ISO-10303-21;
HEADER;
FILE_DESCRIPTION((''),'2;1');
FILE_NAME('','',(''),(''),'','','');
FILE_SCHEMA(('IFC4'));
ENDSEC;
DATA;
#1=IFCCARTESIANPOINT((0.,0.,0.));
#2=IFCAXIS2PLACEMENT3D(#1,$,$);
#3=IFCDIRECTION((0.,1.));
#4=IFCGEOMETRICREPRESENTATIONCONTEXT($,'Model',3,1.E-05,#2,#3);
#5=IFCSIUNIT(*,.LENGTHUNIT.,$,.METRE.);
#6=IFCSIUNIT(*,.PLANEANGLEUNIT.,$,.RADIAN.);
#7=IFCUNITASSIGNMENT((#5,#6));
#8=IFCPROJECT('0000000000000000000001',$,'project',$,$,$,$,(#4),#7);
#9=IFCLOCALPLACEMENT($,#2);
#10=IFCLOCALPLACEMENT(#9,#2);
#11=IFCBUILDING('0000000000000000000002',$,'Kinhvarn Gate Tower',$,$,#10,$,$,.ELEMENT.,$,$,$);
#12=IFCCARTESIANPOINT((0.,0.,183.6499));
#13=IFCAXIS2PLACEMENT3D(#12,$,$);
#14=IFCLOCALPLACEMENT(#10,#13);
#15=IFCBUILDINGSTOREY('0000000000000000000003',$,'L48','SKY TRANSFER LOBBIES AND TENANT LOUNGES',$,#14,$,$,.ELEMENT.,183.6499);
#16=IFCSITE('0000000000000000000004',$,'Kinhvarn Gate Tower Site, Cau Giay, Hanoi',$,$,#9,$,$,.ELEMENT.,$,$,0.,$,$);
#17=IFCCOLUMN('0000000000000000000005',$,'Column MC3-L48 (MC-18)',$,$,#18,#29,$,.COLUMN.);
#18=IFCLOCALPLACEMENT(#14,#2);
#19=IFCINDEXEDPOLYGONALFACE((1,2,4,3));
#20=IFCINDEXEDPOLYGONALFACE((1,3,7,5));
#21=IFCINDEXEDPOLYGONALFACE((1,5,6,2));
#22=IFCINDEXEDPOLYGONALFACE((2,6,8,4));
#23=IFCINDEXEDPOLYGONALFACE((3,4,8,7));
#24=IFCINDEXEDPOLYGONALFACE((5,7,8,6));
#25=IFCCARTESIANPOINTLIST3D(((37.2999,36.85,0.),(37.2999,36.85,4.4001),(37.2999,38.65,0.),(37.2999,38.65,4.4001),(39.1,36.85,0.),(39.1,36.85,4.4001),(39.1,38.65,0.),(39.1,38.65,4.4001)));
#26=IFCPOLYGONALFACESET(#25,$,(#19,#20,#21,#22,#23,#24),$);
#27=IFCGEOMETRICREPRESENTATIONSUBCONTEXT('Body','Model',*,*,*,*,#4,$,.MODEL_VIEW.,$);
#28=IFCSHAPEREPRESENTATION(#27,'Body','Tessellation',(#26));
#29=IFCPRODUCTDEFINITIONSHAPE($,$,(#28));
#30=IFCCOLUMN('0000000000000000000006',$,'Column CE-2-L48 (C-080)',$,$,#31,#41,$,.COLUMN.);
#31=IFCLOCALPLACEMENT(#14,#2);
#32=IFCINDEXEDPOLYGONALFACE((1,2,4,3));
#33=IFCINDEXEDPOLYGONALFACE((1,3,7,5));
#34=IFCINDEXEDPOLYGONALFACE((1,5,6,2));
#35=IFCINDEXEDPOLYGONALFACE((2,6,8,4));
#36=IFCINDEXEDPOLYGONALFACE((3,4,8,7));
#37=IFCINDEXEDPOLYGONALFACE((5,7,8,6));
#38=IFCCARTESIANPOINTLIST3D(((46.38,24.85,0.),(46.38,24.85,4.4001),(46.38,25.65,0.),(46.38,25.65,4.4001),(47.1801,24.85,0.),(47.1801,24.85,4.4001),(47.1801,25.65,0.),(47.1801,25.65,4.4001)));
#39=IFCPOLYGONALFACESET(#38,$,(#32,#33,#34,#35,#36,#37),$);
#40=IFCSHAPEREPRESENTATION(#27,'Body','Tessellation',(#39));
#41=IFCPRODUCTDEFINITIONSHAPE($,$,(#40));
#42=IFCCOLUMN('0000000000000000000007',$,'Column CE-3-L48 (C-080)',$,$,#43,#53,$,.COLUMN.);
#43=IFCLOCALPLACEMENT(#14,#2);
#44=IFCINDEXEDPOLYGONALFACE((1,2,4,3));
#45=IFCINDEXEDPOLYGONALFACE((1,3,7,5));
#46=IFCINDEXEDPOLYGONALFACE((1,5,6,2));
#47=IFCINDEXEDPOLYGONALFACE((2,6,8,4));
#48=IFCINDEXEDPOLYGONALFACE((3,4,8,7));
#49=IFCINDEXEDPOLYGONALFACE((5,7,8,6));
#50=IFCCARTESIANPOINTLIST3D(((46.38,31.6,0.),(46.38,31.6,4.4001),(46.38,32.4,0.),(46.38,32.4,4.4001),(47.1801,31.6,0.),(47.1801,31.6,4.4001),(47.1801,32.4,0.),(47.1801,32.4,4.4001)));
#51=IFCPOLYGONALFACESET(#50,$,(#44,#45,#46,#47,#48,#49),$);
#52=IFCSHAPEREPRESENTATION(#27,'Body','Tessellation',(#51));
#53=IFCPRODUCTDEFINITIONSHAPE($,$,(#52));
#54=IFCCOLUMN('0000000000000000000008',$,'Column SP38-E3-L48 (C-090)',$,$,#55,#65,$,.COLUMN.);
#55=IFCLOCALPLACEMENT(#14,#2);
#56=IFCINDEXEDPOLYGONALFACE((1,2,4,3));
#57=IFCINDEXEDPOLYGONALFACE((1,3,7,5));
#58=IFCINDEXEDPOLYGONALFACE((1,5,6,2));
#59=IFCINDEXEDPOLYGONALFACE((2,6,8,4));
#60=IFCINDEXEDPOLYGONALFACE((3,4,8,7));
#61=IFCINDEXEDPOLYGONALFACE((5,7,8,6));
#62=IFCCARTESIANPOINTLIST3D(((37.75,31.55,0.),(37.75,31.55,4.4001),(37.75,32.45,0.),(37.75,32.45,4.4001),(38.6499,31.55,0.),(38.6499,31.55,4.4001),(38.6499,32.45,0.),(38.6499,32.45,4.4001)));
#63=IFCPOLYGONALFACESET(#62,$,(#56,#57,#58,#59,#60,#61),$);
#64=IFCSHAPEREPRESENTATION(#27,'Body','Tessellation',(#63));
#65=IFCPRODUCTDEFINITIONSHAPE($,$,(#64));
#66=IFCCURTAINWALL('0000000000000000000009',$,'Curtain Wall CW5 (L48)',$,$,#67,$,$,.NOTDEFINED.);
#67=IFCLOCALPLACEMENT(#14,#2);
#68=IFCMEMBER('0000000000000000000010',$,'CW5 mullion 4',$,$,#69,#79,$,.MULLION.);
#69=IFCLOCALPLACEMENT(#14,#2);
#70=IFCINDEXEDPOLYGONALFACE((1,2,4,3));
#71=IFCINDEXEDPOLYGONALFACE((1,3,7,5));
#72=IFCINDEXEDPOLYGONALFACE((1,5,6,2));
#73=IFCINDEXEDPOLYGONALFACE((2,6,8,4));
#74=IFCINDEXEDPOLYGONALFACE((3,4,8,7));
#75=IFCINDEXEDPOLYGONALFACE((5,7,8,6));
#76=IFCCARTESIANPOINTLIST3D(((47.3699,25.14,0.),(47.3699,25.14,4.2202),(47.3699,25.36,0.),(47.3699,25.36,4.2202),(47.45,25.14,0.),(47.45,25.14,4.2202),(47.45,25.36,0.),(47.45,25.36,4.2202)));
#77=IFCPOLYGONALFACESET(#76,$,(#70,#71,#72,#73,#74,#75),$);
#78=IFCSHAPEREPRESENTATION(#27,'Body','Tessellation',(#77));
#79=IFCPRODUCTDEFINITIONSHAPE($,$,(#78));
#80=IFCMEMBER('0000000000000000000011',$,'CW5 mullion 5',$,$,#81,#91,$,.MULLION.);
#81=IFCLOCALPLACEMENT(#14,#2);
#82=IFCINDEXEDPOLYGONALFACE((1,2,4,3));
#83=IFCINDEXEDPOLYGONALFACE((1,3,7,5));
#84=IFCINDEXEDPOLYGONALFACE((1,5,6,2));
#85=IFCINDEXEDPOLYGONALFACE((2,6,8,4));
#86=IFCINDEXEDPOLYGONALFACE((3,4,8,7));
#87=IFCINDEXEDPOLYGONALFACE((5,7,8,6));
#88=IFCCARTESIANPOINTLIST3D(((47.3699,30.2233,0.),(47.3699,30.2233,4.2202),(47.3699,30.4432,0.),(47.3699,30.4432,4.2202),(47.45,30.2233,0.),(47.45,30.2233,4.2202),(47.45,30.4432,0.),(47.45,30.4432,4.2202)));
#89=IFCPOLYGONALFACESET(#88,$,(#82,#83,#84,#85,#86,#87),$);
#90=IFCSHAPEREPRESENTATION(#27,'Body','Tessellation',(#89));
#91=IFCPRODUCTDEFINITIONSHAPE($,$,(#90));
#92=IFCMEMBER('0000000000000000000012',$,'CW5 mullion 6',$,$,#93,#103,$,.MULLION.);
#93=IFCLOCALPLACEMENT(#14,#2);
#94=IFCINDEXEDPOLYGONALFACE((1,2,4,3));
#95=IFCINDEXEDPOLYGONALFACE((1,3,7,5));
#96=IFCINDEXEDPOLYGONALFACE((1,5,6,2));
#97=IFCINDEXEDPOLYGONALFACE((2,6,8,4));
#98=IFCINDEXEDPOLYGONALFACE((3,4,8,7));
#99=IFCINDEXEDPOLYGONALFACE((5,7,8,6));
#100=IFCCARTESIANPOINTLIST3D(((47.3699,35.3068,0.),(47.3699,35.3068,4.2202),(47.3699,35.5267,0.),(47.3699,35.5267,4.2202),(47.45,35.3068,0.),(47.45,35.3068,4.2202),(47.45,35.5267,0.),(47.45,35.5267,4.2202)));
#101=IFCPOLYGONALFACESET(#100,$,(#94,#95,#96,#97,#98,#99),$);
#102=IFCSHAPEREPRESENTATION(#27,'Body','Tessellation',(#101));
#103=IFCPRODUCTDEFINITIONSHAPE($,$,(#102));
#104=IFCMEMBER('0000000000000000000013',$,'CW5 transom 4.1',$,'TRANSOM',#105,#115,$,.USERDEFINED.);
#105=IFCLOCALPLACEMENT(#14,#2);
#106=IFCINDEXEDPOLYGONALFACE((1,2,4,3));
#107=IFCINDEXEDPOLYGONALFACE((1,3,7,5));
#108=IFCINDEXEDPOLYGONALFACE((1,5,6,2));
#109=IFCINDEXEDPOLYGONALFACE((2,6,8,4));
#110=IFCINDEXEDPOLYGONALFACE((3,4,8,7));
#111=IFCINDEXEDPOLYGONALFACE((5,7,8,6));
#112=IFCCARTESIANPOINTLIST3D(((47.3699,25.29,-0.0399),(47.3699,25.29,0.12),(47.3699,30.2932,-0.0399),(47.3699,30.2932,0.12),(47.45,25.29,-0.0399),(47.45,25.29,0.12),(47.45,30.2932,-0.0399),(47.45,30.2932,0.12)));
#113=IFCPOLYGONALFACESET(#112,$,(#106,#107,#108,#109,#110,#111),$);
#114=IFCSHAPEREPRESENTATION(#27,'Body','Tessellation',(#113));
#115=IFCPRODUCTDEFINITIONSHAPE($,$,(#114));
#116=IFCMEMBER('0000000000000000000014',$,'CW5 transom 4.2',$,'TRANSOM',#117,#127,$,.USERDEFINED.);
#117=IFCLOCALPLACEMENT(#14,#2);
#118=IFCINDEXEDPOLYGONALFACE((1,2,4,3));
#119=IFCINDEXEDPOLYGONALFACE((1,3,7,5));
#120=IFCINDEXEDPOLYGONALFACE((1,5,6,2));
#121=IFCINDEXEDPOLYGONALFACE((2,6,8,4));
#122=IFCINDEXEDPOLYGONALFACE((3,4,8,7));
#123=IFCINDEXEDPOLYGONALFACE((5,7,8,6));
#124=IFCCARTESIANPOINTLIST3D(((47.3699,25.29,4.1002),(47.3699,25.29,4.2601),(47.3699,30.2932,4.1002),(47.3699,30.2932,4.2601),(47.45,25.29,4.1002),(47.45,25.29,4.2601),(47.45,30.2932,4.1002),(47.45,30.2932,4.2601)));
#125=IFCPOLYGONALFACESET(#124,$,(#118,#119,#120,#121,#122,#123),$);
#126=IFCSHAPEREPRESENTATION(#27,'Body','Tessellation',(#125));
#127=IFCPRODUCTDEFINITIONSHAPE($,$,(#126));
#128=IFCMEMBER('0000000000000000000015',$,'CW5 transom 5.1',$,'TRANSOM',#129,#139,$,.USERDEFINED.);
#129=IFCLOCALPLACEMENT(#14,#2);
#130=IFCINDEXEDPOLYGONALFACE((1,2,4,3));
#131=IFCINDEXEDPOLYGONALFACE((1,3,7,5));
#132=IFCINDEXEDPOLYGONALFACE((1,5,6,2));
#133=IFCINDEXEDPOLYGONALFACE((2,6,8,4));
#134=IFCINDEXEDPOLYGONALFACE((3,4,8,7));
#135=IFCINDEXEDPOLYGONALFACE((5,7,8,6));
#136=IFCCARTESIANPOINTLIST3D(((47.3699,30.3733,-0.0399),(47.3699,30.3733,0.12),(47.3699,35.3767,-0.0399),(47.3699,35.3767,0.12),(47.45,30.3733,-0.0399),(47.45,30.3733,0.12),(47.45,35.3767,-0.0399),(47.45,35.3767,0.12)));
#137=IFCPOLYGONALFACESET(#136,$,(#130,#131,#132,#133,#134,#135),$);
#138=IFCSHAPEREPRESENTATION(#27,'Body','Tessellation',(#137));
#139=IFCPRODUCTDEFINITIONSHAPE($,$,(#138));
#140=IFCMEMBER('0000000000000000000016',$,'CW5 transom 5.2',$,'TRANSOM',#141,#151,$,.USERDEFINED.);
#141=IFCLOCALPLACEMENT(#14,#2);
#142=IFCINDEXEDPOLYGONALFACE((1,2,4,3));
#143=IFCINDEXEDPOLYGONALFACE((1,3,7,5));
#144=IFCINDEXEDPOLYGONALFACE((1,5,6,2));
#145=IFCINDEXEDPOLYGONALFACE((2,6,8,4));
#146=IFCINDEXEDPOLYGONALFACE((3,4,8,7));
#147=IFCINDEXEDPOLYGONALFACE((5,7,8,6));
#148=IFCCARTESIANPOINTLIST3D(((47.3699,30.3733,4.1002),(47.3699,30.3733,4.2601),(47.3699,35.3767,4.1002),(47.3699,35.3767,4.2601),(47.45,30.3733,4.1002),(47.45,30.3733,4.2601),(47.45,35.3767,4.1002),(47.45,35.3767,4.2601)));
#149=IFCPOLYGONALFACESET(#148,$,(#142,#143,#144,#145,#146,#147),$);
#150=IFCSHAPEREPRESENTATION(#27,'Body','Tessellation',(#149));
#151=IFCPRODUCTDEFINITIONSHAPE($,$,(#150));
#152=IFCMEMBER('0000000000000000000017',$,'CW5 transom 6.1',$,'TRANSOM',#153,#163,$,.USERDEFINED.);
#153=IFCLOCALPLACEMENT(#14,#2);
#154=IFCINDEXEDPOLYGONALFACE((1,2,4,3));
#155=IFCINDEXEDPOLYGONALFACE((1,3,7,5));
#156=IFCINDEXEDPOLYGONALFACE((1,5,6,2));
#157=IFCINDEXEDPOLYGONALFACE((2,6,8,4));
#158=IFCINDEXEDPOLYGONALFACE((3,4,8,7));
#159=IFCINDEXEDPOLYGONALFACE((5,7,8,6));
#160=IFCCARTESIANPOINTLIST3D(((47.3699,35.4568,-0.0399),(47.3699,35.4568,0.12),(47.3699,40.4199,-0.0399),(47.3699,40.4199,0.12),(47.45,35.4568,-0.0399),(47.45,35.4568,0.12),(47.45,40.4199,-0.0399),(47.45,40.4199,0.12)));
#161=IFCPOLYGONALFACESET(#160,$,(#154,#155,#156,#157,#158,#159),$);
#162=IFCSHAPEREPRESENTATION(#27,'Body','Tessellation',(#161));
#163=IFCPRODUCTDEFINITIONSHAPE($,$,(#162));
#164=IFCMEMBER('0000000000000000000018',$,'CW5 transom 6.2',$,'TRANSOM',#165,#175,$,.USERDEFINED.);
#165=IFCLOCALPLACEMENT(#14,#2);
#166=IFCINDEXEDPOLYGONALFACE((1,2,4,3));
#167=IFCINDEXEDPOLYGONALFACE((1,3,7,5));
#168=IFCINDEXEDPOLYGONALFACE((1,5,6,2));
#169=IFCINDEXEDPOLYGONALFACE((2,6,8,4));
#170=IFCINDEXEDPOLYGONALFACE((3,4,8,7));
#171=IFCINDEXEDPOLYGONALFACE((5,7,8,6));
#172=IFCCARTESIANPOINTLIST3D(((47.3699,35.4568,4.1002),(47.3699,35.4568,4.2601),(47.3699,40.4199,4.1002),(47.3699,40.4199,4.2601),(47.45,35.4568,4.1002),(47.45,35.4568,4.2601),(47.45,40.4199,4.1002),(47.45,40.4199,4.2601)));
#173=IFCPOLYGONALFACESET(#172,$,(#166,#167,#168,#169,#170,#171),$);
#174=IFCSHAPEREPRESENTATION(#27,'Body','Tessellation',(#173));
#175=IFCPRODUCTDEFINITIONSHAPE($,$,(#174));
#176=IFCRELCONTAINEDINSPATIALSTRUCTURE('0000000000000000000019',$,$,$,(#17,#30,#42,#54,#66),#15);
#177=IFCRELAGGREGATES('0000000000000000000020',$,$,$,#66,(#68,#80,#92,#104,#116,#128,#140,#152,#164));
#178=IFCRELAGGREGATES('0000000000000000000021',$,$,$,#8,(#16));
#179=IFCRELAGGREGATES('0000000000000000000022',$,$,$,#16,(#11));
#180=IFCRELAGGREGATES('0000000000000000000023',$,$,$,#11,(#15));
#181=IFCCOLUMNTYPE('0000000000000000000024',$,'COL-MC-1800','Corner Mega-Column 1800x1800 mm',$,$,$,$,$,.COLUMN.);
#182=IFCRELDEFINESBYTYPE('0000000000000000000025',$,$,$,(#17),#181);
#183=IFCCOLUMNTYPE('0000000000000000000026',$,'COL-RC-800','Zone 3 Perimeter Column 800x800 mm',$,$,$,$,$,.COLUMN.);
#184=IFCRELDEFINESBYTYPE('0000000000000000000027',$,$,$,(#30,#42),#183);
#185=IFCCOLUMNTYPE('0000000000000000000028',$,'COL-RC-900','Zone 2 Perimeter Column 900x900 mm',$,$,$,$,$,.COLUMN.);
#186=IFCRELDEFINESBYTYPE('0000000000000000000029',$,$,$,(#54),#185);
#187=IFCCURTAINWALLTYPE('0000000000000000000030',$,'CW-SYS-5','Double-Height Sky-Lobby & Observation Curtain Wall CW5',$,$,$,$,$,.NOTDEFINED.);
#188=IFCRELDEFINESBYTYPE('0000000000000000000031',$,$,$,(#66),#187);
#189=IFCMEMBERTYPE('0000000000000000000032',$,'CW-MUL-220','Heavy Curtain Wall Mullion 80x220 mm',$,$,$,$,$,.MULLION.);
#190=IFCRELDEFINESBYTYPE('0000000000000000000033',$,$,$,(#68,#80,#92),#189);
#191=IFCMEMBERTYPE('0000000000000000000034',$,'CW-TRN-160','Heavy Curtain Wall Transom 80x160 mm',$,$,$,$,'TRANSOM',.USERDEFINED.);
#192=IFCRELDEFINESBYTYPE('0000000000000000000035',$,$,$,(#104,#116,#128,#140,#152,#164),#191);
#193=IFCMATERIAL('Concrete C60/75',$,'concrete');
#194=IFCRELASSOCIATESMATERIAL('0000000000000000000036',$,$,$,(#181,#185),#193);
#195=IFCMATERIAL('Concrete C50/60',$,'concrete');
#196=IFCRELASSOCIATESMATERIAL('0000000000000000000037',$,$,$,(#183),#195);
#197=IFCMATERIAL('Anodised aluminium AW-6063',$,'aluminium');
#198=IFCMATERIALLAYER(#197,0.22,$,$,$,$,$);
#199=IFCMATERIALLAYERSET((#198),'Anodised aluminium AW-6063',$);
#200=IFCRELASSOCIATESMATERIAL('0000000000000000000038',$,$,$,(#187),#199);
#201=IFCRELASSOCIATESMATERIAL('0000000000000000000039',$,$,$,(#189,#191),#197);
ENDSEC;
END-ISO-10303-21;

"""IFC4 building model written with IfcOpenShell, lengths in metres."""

from ifc_helpers import new_model, si_unit, direction, frame, origin, origin_2d, place, context, subcontext, project, spatial, rectangle, extrude, material, layer, layer_set, material_profile, profile_set, type_object, element, aggregate, save


model = new_model("IFC4")

# Units and contexts
model_context = context("Model", 3, precision=1e-05, world=origin(), true_north=direction((0.0, 1.0)))
body_context = subcontext(model_context, "Body", "Model", "MODEL_VIEW")
ifc_project = project(units=[si_unit("LENGTHUNIT", "METRE"), si_unit("PLANEANGLEUNIT", "RADIAN")], contexts=[model_context])

# Site, building, storey
site_placement = place(None, origin())
site = spatial("IfcSite", under=ifc_project, at=site_placement, Name="Kinhvarn Gate Tower Site, Cau Giay, Hanoi", CompositionType="ELEMENT", RefElevation=0.0)
building_placement = place(site_placement, origin())
building = spatial("IfcBuilding", under=site, at=building_placement, Name="Kinhvarn Gate Tower", CompositionType="ELEMENT")
storey_placement = place(building_placement, frame((0.0, 0.0, 183.6499)))
storey = spatial("IfcBuildingStorey", under=building, at=storey_placement, Name="L48", Description="SKY TRANSFER LOBBIES AND TENANT LOUNGES", CompositionType="ELEMENT", Elevation=183.6499)

# Columns
ifc_material_1 = material(Name="Concrete C60/75", Category="concrete")
ifc_material_profile_1 = material_profile(ifc_material_1, rectangle(XDim=1.8, YDim=1.8, at=origin_2d()), Name="RC 1800x1800")
ifc_profile_set_1 = profile_set([ifc_material_profile_1], Name="Concrete C60/75")
column_type_1 = type_object("IfcColumnType", Name="COL-MC-1800", Description="Corner Mega-Column 1800x1800 mm", PredefinedType="COLUMN", material=ifc_profile_set_1)
column_1_placement = place(storey_placement, frame((38.2, 37.75, 0.0), z_axis=(0.0, 0.0, 1.0), x_axis=(1.0, 0.0, 0.0)))
element("IfcColumn", 1, at=column_1_placement, inside=storey, type_object=column_type_1, Name="Column MC3-L48 (MC-18)", PredefinedType="COLUMN", context=body_context, shape_type="SweptSolid", body=[
    extrude(rectangle(XDim=1.8, YDim=1.8, at=origin_2d()), origin(), (0.0, 0.0, 1.0), 4.4001),
])
ifc_material_2 = material(Name="Concrete C50/60", Category="concrete")
ifc_material_profile_2 = material_profile(ifc_material_2, rectangle(XDim=0.8, YDim=0.8, at=origin_2d()), Name="RC 800x800")
ifc_profile_set_2 = profile_set([ifc_material_profile_2], Name="Concrete C50/60")
column_type_2 = type_object("IfcColumnType", Name="COL-RC-800", Description="Zone 3 Perimeter Column 800x800 mm", PredefinedType="COLUMN", material=ifc_profile_set_2)
for number, where, z_axis, x_axis, name in (
    (2, (46.78, 25.25, 0.0), (0.0, 0.0, 1.0), (1.0, 0.0, 0.0), "Column CE-2-L48 (C-080)"),
    (3, (46.78, 32.0, 0.0), (0.0, 0.0, 1.0), (1.0, 0.0, 0.0), "Column CE-3-L48 (C-080)"),
):
    element("IfcColumn", number, at=place(storey_placement, frame(where, z_axis=z_axis, x_axis=x_axis)), inside=storey, type_object=column_type_2, Name=name, PredefinedType="COLUMN", context=body_context, shape_type="SweptSolid", body=[
        extrude(rectangle(XDim=0.8, YDim=0.8, at=origin_2d()), origin(), (0.0, 0.0, 1.0), 4.4001),
    ])
ifc_material_profile_3 = material_profile(ifc_material_1, rectangle(XDim=0.8999, YDim=0.8999, at=origin_2d()), Name="RC 900x900")
ifc_profile_set_3 = profile_set([ifc_material_profile_3], Name="Concrete C60/75")
column_type_3 = type_object("IfcColumnType", Name="COL-RC-900", Description="Zone 2 Perimeter Column 900x900 mm", PredefinedType="COLUMN", material=ifc_profile_set_3)
column_2_placement = place(storey_placement, frame((38.2, 32.0, 0.0), z_axis=(0.0, 0.0, 1.0), x_axis=(1.0, 0.0, 0.0)))
element("IfcColumn", 4, at=column_2_placement, inside=storey, type_object=column_type_3, Name="Column SP38-E3-L48 (C-090)", PredefinedType="COLUMN", context=body_context, shape_type="SweptSolid", body=[
    extrude(rectangle(XDim=0.8999, YDim=0.8999, at=origin_2d()), origin(), (0.0, 0.0, 1.0), 4.4001),
])

# Curtain wall, members
ifc_material_3 = material(Name="Anodised aluminium AW-6063", Category="aluminium")
ifc_layer_1 = layer(ifc_material_3, 0.22)
ifc_layer_set_1 = layer_set([ifc_layer_1], Name="Anodised aluminium AW-6063")
curtain_wall_type = type_object("IfcCurtainWallType", Name="CW-SYS-5", Description="Double-Height Sky-Lobby & Observation Curtain Wall CW5", PredefinedType="NOTDEFINED", material=ifc_layer_set_1)
curtain_wall_placement = place(storey_placement, origin())
curtain_wall = element("IfcCurtainWall", 5, at=curtain_wall_placement, inside=storey, type_object=curtain_wall_type, Name="Curtain Wall CW5 (L48)", PredefinedType="NOTDEFINED")
ifc_material_profile_4 = material_profile(ifc_material_3, rectangle(XDim=0.0801, YDim=0.22, at=origin_2d()), Name="ALU 80x220")
ifc_profile_set_4 = profile_set([ifc_material_profile_4], Name="Anodised aluminium AW-6063")
member_type_1 = type_object("IfcMemberType", Name="CW-MUL-220", Description="Heavy Curtain Wall Mullion 80x220 mm", PredefinedType="MULLION", material=ifc_profile_set_4)
member_1_placement = place(storey_placement, frame((47.4099, 25.25, 0.0), z_axis=(0.0, 0.0, 1.0), x_axis=(-1.0, 0.0, 0.0)))
member_1 = element("IfcMember", 6, at=member_1_placement, type_object=member_type_1, Name="CW5 mullion 4", PredefinedType="MULLION", context=body_context, shape_type="SweptSolid", body=[
    extrude(rectangle(XDim=0.0801, YDim=0.22, at=origin_2d()), origin(), (0.0, 0.0, 1.0), 4.2202),
])
member_2_placement = place(storey_placement, frame((47.4099, 30.3333, 0.0), z_axis=(0.0, 0.0, 1.0), x_axis=(-1.0, 0.0, 0.0)))
member_2 = element("IfcMember", 7, at=member_2_placement, type_object=member_type_1, Name="CW5 mullion 5", PredefinedType="MULLION", context=body_context, shape_type="SweptSolid", body=[
    extrude(rectangle(XDim=0.0801, YDim=0.22, at=origin_2d()), origin(), (0.0, 0.0, 1.0), 4.2202),
])
member_3_placement = place(storey_placement, frame((47.4099, 35.4167, 0.0), z_axis=(0.0, 0.0, 1.0), x_axis=(-1.0, 0.0, 0.0)))
member_3 = element("IfcMember", 8, at=member_3_placement, type_object=member_type_1, Name="CW5 mullion 6", PredefinedType="MULLION", context=body_context, shape_type="SweptSolid", body=[
    extrude(rectangle(XDim=0.0801, YDim=0.22, at=origin_2d()), origin(), (0.0, 0.0, 1.0), 4.2202),
])
ifc_material_profile_5 = material_profile(ifc_material_3, rectangle(XDim=0.0801, YDim=0.1599, at=origin_2d()), Name="ALU 80x160")
ifc_profile_set_5 = profile_set([ifc_material_profile_5], Name="Anodised aluminium AW-6063")
member_type_2 = type_object("IfcMemberType", Name="CW-TRN-160", Description="Heavy Curtain Wall Transom 80x160 mm", ElementType="TRANSOM", PredefinedType="USERDEFINED", material=ifc_profile_set_5)
member_4_placement = place(storey_placement, frame((47.4099, 25.29, 0.04), z_axis=(0.0, 1.0, 0.0), x_axis=(-1.0, 0.0, 0.0)))
member_4 = element("IfcMember", 9, at=member_4_placement, type_object=member_type_2, Name="CW5 transom 4.1", ObjectType="TRANSOM", PredefinedType="USERDEFINED", context=body_context, shape_type="SweptSolid", body=[
    extrude(rectangle(XDim=0.0801, YDim=0.1599, at=origin_2d()), origin(), (0.0, 0.0, 1.0), 5.0032),
])
member_5_placement = place(storey_placement, frame((47.4099, 25.29, 4.1802), z_axis=(0.0, 1.0, 0.0), x_axis=(-1.0, 0.0, 0.0)))
member_5 = element("IfcMember", 10, at=member_5_placement, type_object=member_type_2, Name="CW5 transom 4.2", ObjectType="TRANSOM", PredefinedType="USERDEFINED", context=body_context, shape_type="SweptSolid", body=[
    extrude(rectangle(XDim=0.0801, YDim=0.1599, at=origin_2d()), origin(), (0.0, 0.0, 1.0), 5.0032),
])
member_6_placement = place(storey_placement, frame((47.4099, 30.3733, 0.04), z_axis=(0.0, 1.0, 0.0), x_axis=(-1.0, 0.0, 0.0)))
member_6 = element("IfcMember", 11, at=member_6_placement, type_object=member_type_2, Name="CW5 transom 5.1", ObjectType="TRANSOM", PredefinedType="USERDEFINED", context=body_context, shape_type="SweptSolid", body=[
    extrude(rectangle(XDim=0.0801, YDim=0.1599, at=origin_2d()), origin(), (0.0, 0.0, 1.0), 5.0034),
])
member_7_placement = place(storey_placement, frame((47.4099, 30.3733, 4.1802), z_axis=(0.0, 1.0, 0.0), x_axis=(-1.0, 0.0, 0.0)))
member_7 = element("IfcMember", 12, at=member_7_placement, type_object=member_type_2, Name="CW5 transom 5.2", ObjectType="TRANSOM", PredefinedType="USERDEFINED", context=body_context, shape_type="SweptSolid", body=[
    extrude(rectangle(XDim=0.0801, YDim=0.1599, at=origin_2d()), origin(), (0.0, 0.0, 1.0), 5.0034),
])
member_8_placement = place(storey_placement, frame((47.4099, 35.4568, 0.04), z_axis=(0.0, 1.0, 0.0), x_axis=(-1.0, 0.0, 0.0)))
member_8 = element("IfcMember", 13, at=member_8_placement, type_object=member_type_2, Name="CW5 transom 6.1", ObjectType="TRANSOM", PredefinedType="USERDEFINED", context=body_context, shape_type="SweptSolid", body=[
    extrude(rectangle(XDim=0.0801, YDim=0.1599, at=origin_2d()), origin(), (0.0, 0.0, 1.0), 4.9631),
])
member_9_placement = place(storey_placement, frame((47.4099, 35.4568, 4.1802), z_axis=(0.0, 1.0, 0.0), x_axis=(-1.0, 0.0, 0.0)))
member_9 = element("IfcMember", 14, at=member_9_placement, type_object=member_type_2, Name="CW5 transom 6.2", ObjectType="TRANSOM", PredefinedType="USERDEFINED", context=body_context, shape_type="SweptSolid", body=[
    extrude(rectangle(XDim=0.0801, YDim=0.1599, at=origin_2d()), origin(), (0.0, 0.0, 1.0), 4.9631),
])

aggregate(curtain_wall, [member_1, member_2, member_3, member_4, member_5, member_6, member_7, member_8, member_9])

save(model, "model.ifc")
